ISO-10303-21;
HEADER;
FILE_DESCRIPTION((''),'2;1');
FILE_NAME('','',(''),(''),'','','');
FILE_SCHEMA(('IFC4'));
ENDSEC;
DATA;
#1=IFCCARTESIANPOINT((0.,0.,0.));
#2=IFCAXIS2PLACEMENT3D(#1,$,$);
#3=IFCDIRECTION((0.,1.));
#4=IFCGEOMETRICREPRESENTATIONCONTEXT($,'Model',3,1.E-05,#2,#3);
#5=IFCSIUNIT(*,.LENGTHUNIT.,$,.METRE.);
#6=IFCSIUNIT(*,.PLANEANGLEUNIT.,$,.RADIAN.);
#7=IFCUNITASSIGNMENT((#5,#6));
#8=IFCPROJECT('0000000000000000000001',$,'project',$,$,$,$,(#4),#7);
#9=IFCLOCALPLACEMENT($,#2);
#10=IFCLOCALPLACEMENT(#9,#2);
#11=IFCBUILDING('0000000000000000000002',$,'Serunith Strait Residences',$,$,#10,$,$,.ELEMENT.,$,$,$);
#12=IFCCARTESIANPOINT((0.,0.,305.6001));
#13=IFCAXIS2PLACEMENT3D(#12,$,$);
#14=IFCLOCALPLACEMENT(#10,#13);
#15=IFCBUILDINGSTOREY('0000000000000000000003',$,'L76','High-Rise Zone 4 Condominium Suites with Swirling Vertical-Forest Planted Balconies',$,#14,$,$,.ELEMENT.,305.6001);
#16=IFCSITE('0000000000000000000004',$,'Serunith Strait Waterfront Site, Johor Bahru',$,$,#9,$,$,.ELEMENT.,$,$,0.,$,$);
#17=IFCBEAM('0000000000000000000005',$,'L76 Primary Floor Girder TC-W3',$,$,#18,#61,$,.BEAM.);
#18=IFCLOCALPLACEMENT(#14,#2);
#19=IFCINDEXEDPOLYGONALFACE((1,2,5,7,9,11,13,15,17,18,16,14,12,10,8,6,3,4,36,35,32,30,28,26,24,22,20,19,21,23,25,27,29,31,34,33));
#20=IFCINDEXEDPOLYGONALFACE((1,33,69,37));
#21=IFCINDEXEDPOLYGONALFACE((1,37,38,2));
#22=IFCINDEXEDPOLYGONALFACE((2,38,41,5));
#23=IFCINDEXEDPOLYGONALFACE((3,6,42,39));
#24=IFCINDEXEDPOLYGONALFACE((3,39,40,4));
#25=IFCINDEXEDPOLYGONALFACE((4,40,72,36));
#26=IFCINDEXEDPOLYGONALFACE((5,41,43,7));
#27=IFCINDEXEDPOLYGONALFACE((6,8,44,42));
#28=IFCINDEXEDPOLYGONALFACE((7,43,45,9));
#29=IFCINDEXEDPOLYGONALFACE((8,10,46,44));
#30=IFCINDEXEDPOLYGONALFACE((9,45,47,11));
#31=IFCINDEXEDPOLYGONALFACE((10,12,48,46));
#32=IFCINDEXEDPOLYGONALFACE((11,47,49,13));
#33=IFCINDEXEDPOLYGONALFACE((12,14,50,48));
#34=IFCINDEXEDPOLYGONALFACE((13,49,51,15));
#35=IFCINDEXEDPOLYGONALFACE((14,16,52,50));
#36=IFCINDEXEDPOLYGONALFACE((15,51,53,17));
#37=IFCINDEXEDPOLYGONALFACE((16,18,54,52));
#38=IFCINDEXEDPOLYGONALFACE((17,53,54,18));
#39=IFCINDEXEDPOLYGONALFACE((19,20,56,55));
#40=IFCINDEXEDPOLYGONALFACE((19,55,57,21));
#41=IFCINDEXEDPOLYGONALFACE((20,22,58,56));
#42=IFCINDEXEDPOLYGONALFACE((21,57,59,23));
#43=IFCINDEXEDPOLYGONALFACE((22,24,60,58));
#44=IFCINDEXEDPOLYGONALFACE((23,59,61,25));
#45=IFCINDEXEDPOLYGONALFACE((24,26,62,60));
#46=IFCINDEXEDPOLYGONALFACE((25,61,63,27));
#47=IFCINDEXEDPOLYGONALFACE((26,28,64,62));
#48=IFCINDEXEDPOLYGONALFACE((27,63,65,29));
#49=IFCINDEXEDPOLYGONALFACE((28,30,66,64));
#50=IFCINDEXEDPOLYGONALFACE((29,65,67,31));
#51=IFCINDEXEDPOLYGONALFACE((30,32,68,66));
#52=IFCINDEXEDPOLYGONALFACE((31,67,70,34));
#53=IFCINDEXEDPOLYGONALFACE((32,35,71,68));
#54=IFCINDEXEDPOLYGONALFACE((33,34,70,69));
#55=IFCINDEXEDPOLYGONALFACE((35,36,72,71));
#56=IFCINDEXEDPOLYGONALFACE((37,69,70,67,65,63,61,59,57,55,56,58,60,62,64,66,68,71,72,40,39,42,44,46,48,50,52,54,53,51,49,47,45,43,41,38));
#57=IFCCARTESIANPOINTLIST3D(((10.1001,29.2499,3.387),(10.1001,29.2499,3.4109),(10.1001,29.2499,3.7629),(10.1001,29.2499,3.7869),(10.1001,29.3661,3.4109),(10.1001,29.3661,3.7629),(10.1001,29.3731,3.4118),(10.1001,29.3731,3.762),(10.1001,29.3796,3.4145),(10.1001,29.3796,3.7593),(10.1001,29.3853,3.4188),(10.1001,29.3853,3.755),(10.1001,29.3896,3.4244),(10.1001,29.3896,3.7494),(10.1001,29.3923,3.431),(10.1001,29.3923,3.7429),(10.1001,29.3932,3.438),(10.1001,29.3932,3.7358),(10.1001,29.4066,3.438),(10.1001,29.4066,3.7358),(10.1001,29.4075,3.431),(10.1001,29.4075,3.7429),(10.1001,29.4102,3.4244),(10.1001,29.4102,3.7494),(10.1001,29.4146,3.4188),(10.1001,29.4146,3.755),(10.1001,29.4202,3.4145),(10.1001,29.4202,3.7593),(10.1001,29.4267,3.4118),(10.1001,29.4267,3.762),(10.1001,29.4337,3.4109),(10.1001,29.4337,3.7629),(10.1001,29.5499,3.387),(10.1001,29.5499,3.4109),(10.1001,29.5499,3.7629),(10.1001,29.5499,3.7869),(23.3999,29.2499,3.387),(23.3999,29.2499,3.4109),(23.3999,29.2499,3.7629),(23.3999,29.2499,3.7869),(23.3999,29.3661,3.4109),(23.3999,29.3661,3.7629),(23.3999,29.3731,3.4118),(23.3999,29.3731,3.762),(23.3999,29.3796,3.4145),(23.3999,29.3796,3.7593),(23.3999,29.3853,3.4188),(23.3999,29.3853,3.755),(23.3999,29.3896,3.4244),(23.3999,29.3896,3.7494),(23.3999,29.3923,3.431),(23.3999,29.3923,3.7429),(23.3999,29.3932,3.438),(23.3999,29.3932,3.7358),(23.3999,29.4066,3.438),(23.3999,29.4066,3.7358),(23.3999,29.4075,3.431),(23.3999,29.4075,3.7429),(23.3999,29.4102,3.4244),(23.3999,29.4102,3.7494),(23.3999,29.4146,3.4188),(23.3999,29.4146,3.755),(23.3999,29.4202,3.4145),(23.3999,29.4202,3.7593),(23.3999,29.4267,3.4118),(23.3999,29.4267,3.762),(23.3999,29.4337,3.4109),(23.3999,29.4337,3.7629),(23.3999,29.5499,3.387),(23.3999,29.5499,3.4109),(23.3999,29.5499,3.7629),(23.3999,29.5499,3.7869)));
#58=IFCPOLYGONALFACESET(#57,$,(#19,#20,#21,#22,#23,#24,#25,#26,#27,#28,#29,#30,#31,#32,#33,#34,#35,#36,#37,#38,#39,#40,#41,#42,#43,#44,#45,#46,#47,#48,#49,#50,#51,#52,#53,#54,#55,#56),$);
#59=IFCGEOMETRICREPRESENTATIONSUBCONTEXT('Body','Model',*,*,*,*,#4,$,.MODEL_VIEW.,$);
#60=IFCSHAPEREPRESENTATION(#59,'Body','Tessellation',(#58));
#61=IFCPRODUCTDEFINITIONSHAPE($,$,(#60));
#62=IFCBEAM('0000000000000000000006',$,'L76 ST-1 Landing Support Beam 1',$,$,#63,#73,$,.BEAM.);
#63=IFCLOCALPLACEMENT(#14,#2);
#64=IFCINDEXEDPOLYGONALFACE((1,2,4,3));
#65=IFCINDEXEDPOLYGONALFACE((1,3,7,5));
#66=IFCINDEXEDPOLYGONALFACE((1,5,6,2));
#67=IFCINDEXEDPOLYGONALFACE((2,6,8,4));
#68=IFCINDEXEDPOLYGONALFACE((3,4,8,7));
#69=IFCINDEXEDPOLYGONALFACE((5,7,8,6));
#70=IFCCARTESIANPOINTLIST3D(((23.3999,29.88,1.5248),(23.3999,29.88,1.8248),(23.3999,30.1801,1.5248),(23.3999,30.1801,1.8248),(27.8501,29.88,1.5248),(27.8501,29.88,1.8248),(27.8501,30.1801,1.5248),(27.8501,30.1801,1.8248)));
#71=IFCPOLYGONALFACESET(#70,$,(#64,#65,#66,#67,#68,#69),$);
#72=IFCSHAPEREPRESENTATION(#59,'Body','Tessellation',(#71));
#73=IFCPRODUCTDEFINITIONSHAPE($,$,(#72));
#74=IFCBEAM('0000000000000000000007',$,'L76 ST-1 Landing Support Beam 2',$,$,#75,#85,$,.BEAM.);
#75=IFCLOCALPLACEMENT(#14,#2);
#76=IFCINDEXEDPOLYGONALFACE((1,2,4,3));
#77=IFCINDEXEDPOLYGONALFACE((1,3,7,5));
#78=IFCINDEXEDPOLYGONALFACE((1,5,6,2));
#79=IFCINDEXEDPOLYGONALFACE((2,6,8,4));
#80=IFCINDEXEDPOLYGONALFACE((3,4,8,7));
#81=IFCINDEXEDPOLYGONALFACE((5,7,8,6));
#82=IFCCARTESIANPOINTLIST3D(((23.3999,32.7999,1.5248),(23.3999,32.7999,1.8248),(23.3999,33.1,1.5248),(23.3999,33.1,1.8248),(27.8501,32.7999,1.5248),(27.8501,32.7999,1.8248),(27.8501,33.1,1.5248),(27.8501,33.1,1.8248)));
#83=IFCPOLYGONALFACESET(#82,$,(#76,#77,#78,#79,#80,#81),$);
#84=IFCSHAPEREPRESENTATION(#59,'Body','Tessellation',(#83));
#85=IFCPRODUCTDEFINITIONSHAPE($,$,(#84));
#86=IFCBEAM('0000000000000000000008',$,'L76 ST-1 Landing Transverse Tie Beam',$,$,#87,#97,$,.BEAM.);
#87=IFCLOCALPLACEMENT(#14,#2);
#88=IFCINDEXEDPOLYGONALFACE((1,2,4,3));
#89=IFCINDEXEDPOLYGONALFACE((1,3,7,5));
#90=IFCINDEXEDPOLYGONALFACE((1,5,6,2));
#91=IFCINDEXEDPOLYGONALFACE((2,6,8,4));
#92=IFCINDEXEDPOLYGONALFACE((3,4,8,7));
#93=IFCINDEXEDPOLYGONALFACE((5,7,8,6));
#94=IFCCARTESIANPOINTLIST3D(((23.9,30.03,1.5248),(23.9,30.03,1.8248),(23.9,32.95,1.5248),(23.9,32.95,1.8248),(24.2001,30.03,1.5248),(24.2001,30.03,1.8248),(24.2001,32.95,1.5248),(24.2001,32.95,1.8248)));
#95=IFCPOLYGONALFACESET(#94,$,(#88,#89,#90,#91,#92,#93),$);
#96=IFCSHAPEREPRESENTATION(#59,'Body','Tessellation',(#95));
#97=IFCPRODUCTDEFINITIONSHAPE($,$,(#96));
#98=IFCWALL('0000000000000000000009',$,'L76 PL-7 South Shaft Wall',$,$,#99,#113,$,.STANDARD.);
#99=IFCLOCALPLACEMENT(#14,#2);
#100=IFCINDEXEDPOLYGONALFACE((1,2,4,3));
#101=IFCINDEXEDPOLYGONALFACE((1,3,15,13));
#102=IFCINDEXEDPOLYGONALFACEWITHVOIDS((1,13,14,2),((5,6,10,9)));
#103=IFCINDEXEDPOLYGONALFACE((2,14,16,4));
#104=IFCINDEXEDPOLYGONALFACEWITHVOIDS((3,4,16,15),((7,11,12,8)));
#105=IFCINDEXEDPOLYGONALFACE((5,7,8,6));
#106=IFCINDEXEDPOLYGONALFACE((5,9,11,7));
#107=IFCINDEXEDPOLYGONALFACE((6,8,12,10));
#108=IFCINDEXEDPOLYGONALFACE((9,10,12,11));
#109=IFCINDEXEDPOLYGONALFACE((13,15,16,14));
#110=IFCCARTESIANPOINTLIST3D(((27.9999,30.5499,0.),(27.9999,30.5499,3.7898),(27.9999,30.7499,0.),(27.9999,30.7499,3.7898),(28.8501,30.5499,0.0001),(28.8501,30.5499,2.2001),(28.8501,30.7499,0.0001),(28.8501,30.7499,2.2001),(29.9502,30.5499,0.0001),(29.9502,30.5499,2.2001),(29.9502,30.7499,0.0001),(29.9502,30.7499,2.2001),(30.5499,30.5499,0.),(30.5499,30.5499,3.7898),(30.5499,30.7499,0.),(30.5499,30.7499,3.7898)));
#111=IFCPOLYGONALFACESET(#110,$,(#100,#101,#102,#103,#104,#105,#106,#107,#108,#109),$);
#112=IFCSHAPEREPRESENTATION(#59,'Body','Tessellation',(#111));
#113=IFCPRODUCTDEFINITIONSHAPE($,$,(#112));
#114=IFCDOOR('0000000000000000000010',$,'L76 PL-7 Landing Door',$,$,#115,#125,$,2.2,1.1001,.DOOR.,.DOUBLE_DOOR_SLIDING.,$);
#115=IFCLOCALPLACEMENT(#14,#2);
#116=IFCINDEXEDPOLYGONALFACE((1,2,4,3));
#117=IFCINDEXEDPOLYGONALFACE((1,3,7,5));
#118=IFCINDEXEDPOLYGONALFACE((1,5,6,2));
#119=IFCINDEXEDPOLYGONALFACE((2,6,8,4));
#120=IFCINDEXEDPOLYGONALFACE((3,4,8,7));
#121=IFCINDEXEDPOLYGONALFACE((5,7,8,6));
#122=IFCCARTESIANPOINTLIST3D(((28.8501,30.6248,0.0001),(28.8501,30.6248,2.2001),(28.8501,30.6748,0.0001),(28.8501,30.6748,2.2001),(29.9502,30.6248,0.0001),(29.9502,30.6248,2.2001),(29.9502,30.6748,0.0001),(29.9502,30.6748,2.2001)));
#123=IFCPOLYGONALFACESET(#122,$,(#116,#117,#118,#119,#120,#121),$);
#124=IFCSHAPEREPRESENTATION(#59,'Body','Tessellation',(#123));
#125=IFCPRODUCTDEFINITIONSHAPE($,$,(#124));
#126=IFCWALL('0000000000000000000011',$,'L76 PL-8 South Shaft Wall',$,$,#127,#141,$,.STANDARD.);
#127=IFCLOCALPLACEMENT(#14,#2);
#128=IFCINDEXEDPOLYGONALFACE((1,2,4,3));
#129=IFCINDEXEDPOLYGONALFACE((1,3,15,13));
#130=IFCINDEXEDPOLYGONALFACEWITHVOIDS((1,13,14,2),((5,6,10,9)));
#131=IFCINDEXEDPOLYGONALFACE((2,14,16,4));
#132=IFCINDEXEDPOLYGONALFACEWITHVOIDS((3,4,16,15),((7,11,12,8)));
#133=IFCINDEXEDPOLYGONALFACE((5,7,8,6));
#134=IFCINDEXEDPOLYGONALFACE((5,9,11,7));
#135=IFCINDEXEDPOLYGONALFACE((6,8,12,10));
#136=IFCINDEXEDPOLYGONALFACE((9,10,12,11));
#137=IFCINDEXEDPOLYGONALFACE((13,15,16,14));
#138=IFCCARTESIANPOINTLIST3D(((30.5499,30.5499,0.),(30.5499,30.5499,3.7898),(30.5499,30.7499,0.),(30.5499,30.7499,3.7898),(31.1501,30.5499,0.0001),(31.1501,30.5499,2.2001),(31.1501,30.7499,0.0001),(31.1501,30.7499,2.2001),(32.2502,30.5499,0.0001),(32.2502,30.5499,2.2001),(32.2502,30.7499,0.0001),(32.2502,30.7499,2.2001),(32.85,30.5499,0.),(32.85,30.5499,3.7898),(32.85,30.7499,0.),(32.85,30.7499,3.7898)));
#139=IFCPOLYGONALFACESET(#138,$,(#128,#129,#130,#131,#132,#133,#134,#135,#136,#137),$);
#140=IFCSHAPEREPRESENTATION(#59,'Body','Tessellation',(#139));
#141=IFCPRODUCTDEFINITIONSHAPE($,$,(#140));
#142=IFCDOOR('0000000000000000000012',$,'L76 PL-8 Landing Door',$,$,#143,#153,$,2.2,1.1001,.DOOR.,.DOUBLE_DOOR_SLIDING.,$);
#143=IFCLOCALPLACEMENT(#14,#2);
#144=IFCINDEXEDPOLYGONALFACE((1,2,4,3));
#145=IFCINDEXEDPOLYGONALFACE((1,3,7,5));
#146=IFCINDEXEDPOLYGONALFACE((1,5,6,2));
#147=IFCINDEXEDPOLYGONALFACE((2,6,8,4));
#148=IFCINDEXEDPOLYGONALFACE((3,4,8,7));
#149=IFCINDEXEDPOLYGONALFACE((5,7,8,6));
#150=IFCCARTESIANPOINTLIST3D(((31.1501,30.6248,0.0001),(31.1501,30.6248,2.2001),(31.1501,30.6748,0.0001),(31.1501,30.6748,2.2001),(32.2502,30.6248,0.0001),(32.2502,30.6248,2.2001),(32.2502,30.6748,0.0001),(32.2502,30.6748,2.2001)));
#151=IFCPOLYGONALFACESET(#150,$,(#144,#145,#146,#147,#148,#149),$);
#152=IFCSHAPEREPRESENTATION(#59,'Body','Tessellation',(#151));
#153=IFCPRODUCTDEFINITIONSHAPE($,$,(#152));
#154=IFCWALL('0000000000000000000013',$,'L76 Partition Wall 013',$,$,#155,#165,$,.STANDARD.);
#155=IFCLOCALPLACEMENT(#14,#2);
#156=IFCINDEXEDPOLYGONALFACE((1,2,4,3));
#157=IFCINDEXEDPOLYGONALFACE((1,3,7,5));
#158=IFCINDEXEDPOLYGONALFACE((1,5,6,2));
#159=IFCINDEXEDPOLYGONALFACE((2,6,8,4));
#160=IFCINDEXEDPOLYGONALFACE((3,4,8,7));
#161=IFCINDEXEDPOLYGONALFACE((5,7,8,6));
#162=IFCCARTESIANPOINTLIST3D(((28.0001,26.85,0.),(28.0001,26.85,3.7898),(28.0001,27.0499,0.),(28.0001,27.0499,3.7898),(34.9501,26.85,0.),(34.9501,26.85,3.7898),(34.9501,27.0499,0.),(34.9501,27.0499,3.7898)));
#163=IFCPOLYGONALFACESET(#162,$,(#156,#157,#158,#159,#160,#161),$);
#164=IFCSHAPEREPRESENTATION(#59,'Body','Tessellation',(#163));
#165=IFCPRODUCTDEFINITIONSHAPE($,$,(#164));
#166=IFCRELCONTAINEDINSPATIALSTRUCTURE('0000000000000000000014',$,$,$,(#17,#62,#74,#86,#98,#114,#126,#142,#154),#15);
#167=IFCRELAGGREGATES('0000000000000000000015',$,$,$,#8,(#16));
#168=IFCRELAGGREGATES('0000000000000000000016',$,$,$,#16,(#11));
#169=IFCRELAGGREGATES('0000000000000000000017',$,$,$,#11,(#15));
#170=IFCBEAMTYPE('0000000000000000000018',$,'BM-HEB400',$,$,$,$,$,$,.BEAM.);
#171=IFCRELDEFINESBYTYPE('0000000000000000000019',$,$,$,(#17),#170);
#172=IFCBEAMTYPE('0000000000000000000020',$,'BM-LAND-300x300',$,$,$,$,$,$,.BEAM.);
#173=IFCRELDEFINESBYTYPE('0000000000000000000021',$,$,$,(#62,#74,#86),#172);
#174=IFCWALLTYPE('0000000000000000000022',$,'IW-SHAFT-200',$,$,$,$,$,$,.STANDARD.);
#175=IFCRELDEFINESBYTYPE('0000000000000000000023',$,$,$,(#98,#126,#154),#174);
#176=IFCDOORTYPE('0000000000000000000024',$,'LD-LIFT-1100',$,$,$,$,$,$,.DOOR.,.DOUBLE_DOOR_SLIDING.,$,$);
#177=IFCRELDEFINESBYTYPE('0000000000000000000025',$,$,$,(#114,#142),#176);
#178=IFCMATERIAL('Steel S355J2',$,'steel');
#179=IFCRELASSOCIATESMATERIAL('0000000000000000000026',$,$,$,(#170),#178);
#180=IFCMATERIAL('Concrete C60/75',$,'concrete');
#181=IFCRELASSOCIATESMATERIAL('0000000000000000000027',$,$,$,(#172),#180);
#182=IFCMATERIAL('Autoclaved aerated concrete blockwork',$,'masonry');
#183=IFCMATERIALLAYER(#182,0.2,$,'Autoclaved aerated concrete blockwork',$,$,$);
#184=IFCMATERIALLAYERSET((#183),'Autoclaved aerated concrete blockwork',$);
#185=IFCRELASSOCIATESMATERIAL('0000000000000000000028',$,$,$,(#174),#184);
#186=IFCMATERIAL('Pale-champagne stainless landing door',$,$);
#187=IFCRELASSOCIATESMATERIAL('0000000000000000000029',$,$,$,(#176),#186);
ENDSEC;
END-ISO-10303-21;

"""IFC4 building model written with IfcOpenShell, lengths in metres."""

from ifc_helpers import new_model, si_unit, direction, frame, frame_2d, origin, origin_2d, place, context, subcontext, project, spatial, rectangle, i_section, extrude, source, transform, mapped, material, layer, layer_set, material_profile, profile_set, type_object, element, fill, save


model = new_model("IFC4")

# Units and contexts
model_context = context("Model", 3, precision=1e-05, world=origin(), true_north=direction((0.0, 1.0)))
body_context = subcontext(model_context, "Body", "Model", "MODEL_VIEW")
ifc_project = project(units=[si_unit("LENGTHUNIT", "METRE"), si_unit("PLANEANGLEUNIT", "RADIAN")], contexts=[model_context])

# Site, building, storey
site_placement = place(None, origin())
site = spatial("IfcSite", under=ifc_project, at=site_placement, Name="Serunith Strait Waterfront Site, Johor Bahru", CompositionType="ELEMENT", RefElevation=0.0)
building_placement = place(site_placement, origin())
building = spatial("IfcBuilding", under=site, at=building_placement, Name="Serunith Strait Residences", CompositionType="ELEMENT")
storey_placement = place(building_placement, frame((0.0, 0.0, 305.6001)))
storey = spatial("IfcBuildingStorey", under=building, at=storey_placement, Name="L76", Description="High-Rise Zone 4 Condominium Suites with Swirling Vertical-Forest Planted Balconies", CompositionType="ELEMENT", Elevation=305.6001)

# Beams
ifc_material_1 = material(Name="Steel S355J2", Category="steel")
ifc_material_profile_1 = material_profile(ifc_material_1, i_section(OverallWidth=0.3, OverallDepth=0.3999, WebThickness=0.0134, FlangeThickness=0.0239, FilletRadius=0.0271, at=origin_2d()), Name="HEB 400")
ifc_profile_set_1 = profile_set([ifc_material_profile_1], Name="Steel S355J2")
beam_type_1 = type_object("IfcBeamType", Name="BM-HEB400", PredefinedType="BEAM", material=ifc_profile_set_1)
shared_shape_1 = source(origin(), body_context, "Body", "SweptSolid", [
    extrude(i_section(OverallWidth=0.3, OverallDepth=0.3999, WebThickness=0.0134, FlangeThickness=0.0239, FilletRadius=0.0271, at=origin_2d()), origin(), (0.0, 0.0, 1.0), 13.2998),
])
beam_1_placement = place(storey_placement, frame((23.3999, 29.3999, 3.5869), z_axis=(-1.0, 0.0, 0.0), x_axis=(0.0, -1.0, 0.0)))
element("IfcBeam", 1, at=beam_1_placement, inside=storey, type_object=beam_type_1, Name="L76 Primary Floor Girder TC-W3", PredefinedType="BEAM", context=body_context, shape_type="MappedRepresentation", body=[
    mapped(shared_shape_1, transform((0.0, 0.0, 0.0), scale=1.0)),
])
ifc_material_2 = material(Name="Concrete C60/75", Category="concrete")
ifc_material_profile_2 = material_profile(ifc_material_2, rectangle(XDim=0.3, YDim=0.3, at=origin_2d()), Name="RC 300x300")
ifc_profile_set_2 = profile_set([ifc_material_profile_2], Name="Concrete C60/75")
beam_type_2 = type_object("IfcBeamType", Name="BM-LAND-300x300", PredefinedType="BEAM", material=ifc_profile_set_2)
shared_shape_2 = source(origin(), body_context, "Body", "SweptSolid", [
    extrude(rectangle(XDim=0.3, YDim=0.3, at=origin_2d()), origin(), (0.0, 0.0, 1.0), 4.4502),
])
for number, where, z_axis, x_axis, name in (
    (2, (23.3999, 30.03, 1.6748), (1.0, 0.0, 0.0), (0.0, 1.0, 0.0), "L76 ST-1 Landing Support Beam 1"),
    (3, (23.3999, 32.95, 1.6748), (1.0, 0.0, 0.0), (0.0, 1.0, 0.0), "L76 ST-1 Landing Support Beam 2"),
):
    element("IfcBeam", number, at=place(storey_placement, frame(where, z_axis=z_axis, x_axis=x_axis)), inside=storey, type_object=beam_type_2, Name=name, PredefinedType="BEAM", context=body_context, shape_type="MappedRepresentation", body=[
        mapped(shared_shape_2, transform((0.0, 0.0, 0.0), scale=1.0)),
    ])
shared_shape_3 = source(origin(), body_context, "Body", "SweptSolid", [
    extrude(rectangle(XDim=0.3, YDim=0.3, at=origin_2d()), origin(), (0.0, 0.0, 1.0), 2.9199),
])
beam_2_placement = place(storey_placement, frame((24.05, 30.03, 1.6748), z_axis=(0.0, 1.0, 0.0), x_axis=(-1.0, 0.0, 0.0)))
element("IfcBeam", 4, at=beam_2_placement, inside=storey, type_object=beam_type_2, Name="L76 ST-1 Landing Transverse Tie Beam", PredefinedType="BEAM", context=body_context, shape_type="MappedRepresentation", body=[
    mapped(shared_shape_3, transform((0.0, 0.0, 0.0), scale=1.0)),
])

# Walls, openings, doors
ifc_material_3 = material(Name="Autoclaved aerated concrete blockwork", Category="masonry")
ifc_layer_1 = layer(ifc_material_3, 0.2, Name="Autoclaved aerated concrete blockwork")
ifc_layer_set_1 = layer_set([ifc_layer_1], Name="Autoclaved aerated concrete blockwork")
wall_type_1 = type_object("IfcWallType", Name="IW-SHAFT-200", PredefinedType="STANDARD", material=ifc_layer_set_1)
wall_1_placement = place(storey_placement, frame((28.0, 30.6499, 0.0), z_axis=(0.0, 0.0, 1.0), x_axis=(1.0, 0.0, 0.0)))
wall_1 = element("IfcWall", 5, at=wall_1_placement, inside=storey, type_object=wall_type_1, Name="L76 PL-7 South Shaft Wall", PredefinedType="STANDARD", context=body_context, shape_type="SweptSolid", body=[
    extrude(rectangle(XDim=2.55, YDim=0.2, at=frame_2d((1.2749, 0.0))), origin(), (0.0, 0.0, 1.0), 3.7898),
])
opening_1_placement = place(wall_1_placement, frame((0.8501, 0.0, 0.0)))
opening_1 = element("IfcOpeningElement", 6, at=opening_1_placement, cuts=wall_1, PredefinedType="OPENING", context=body_context, shape_type="SweptSolid", body=[
    extrude(rectangle(XDim=1.1001, YDim=2.2, at=frame_2d((0.55, 1.1001))), frame((0.0, 0.1099, 0.0), z_axis=(0.0, -1.0, 0.0), x_axis=(1.0, 0.0, 0.0)), (0.0, 0.0, 1.0), 0.22),
])
ifc_material_4 = material(Name="Pale-champagne stainless landing door")
door_type_1 = type_object("IfcDoorType", Name="LD-LIFT-1100", OperationType="DOUBLE_DOOR_SLIDING", PredefinedType="DOOR", material=ifc_material_4)
shared_shape_4 = source(origin(), body_context, "Body", "SweptSolid", [
    extrude(rectangle(XDim=1.1001, YDim=2.2, at=frame_2d((0.55, 1.1001))), frame((0.0, 0.0249, 0.0), z_axis=(0.0, -1.0, 0.0), x_axis=(1.0, 0.0, 0.0)), (0.0, 0.0, 1.0), 0.05),
])
door_1_placement = place(opening_1_placement, origin())
door_1 = element("IfcDoor", 7, at=door_1_placement, inside=storey, type_object=door_type_1, Name="L76 PL-7 Landing Door", OperationType="DOUBLE_DOOR_SLIDING", OverallHeight=2.2, OverallWidth=1.1001, PredefinedType="DOOR", context=body_context, shape_type="MappedRepresentation", body=[
    mapped(shared_shape_4, transform((0.0, 0.0, 0.0), scale=1.0)),
])
fill(opening_1, door_1)
wall_2_placement = place(storey_placement, frame((30.55, 30.6499, 0.0), z_axis=(0.0, 0.0, 1.0), x_axis=(1.0, 0.0, 0.0)))
wall_2 = element("IfcWall", 8, at=wall_2_placement, inside=storey, type_object=wall_type_1, Name="L76 PL-8 South Shaft Wall", PredefinedType="STANDARD", context=body_context, shape_type="SweptSolid", body=[
    extrude(rectangle(XDim=2.3, YDim=0.2, at=frame_2d((1.1499, 0.0))), origin(), (0.0, 0.0, 1.0), 3.7898),
])
opening_2_placement = place(wall_2_placement, frame((0.6001, 0.0, 0.0)))
opening_2 = element("IfcOpeningElement", 9, at=opening_2_placement, cuts=wall_2, PredefinedType="OPENING", context=body_context, shape_type="SweptSolid", body=[
    extrude(rectangle(XDim=1.1001, YDim=2.2, at=frame_2d((0.55, 1.1001))), frame((0.0, 0.1099, 0.0), z_axis=(0.0, -1.0, 0.0), x_axis=(1.0, 0.0, 0.0)), (0.0, 0.0, 1.0), 0.22),
])
door_2_placement = place(opening_2_placement, origin())
door_2 = element("IfcDoor", 10, at=door_2_placement, inside=storey, type_object=door_type_1, Name="L76 PL-8 Landing Door", OperationType="DOUBLE_DOOR_SLIDING", OverallHeight=2.2, OverallWidth=1.1001, PredefinedType="DOOR", context=body_context, shape_type="MappedRepresentation", body=[
    mapped(shared_shape_4, transform((0.0, 0.0, 0.0), scale=1.0)),
])
fill(opening_2, door_2)

# Wall
wall_3_placement = place(storey_placement, frame((28.0, 26.95, 0.0), z_axis=(0.0, 0.0, 1.0), x_axis=(1.0, 0.0, 0.0)))
element("IfcWall", 11, at=wall_3_placement, inside=storey, type_object=wall_type_1, Name="L76 Partition Wall 013", PredefinedType="STANDARD", context=body_context, shape_type="SweptSolid", body=[
    extrude(rectangle(XDim=6.95, YDim=0.2, at=frame_2d((3.4751, 0.0))), origin(), (0.0, 0.0, 1.0), 3.7898),
])

save(model, "model.ifc")
